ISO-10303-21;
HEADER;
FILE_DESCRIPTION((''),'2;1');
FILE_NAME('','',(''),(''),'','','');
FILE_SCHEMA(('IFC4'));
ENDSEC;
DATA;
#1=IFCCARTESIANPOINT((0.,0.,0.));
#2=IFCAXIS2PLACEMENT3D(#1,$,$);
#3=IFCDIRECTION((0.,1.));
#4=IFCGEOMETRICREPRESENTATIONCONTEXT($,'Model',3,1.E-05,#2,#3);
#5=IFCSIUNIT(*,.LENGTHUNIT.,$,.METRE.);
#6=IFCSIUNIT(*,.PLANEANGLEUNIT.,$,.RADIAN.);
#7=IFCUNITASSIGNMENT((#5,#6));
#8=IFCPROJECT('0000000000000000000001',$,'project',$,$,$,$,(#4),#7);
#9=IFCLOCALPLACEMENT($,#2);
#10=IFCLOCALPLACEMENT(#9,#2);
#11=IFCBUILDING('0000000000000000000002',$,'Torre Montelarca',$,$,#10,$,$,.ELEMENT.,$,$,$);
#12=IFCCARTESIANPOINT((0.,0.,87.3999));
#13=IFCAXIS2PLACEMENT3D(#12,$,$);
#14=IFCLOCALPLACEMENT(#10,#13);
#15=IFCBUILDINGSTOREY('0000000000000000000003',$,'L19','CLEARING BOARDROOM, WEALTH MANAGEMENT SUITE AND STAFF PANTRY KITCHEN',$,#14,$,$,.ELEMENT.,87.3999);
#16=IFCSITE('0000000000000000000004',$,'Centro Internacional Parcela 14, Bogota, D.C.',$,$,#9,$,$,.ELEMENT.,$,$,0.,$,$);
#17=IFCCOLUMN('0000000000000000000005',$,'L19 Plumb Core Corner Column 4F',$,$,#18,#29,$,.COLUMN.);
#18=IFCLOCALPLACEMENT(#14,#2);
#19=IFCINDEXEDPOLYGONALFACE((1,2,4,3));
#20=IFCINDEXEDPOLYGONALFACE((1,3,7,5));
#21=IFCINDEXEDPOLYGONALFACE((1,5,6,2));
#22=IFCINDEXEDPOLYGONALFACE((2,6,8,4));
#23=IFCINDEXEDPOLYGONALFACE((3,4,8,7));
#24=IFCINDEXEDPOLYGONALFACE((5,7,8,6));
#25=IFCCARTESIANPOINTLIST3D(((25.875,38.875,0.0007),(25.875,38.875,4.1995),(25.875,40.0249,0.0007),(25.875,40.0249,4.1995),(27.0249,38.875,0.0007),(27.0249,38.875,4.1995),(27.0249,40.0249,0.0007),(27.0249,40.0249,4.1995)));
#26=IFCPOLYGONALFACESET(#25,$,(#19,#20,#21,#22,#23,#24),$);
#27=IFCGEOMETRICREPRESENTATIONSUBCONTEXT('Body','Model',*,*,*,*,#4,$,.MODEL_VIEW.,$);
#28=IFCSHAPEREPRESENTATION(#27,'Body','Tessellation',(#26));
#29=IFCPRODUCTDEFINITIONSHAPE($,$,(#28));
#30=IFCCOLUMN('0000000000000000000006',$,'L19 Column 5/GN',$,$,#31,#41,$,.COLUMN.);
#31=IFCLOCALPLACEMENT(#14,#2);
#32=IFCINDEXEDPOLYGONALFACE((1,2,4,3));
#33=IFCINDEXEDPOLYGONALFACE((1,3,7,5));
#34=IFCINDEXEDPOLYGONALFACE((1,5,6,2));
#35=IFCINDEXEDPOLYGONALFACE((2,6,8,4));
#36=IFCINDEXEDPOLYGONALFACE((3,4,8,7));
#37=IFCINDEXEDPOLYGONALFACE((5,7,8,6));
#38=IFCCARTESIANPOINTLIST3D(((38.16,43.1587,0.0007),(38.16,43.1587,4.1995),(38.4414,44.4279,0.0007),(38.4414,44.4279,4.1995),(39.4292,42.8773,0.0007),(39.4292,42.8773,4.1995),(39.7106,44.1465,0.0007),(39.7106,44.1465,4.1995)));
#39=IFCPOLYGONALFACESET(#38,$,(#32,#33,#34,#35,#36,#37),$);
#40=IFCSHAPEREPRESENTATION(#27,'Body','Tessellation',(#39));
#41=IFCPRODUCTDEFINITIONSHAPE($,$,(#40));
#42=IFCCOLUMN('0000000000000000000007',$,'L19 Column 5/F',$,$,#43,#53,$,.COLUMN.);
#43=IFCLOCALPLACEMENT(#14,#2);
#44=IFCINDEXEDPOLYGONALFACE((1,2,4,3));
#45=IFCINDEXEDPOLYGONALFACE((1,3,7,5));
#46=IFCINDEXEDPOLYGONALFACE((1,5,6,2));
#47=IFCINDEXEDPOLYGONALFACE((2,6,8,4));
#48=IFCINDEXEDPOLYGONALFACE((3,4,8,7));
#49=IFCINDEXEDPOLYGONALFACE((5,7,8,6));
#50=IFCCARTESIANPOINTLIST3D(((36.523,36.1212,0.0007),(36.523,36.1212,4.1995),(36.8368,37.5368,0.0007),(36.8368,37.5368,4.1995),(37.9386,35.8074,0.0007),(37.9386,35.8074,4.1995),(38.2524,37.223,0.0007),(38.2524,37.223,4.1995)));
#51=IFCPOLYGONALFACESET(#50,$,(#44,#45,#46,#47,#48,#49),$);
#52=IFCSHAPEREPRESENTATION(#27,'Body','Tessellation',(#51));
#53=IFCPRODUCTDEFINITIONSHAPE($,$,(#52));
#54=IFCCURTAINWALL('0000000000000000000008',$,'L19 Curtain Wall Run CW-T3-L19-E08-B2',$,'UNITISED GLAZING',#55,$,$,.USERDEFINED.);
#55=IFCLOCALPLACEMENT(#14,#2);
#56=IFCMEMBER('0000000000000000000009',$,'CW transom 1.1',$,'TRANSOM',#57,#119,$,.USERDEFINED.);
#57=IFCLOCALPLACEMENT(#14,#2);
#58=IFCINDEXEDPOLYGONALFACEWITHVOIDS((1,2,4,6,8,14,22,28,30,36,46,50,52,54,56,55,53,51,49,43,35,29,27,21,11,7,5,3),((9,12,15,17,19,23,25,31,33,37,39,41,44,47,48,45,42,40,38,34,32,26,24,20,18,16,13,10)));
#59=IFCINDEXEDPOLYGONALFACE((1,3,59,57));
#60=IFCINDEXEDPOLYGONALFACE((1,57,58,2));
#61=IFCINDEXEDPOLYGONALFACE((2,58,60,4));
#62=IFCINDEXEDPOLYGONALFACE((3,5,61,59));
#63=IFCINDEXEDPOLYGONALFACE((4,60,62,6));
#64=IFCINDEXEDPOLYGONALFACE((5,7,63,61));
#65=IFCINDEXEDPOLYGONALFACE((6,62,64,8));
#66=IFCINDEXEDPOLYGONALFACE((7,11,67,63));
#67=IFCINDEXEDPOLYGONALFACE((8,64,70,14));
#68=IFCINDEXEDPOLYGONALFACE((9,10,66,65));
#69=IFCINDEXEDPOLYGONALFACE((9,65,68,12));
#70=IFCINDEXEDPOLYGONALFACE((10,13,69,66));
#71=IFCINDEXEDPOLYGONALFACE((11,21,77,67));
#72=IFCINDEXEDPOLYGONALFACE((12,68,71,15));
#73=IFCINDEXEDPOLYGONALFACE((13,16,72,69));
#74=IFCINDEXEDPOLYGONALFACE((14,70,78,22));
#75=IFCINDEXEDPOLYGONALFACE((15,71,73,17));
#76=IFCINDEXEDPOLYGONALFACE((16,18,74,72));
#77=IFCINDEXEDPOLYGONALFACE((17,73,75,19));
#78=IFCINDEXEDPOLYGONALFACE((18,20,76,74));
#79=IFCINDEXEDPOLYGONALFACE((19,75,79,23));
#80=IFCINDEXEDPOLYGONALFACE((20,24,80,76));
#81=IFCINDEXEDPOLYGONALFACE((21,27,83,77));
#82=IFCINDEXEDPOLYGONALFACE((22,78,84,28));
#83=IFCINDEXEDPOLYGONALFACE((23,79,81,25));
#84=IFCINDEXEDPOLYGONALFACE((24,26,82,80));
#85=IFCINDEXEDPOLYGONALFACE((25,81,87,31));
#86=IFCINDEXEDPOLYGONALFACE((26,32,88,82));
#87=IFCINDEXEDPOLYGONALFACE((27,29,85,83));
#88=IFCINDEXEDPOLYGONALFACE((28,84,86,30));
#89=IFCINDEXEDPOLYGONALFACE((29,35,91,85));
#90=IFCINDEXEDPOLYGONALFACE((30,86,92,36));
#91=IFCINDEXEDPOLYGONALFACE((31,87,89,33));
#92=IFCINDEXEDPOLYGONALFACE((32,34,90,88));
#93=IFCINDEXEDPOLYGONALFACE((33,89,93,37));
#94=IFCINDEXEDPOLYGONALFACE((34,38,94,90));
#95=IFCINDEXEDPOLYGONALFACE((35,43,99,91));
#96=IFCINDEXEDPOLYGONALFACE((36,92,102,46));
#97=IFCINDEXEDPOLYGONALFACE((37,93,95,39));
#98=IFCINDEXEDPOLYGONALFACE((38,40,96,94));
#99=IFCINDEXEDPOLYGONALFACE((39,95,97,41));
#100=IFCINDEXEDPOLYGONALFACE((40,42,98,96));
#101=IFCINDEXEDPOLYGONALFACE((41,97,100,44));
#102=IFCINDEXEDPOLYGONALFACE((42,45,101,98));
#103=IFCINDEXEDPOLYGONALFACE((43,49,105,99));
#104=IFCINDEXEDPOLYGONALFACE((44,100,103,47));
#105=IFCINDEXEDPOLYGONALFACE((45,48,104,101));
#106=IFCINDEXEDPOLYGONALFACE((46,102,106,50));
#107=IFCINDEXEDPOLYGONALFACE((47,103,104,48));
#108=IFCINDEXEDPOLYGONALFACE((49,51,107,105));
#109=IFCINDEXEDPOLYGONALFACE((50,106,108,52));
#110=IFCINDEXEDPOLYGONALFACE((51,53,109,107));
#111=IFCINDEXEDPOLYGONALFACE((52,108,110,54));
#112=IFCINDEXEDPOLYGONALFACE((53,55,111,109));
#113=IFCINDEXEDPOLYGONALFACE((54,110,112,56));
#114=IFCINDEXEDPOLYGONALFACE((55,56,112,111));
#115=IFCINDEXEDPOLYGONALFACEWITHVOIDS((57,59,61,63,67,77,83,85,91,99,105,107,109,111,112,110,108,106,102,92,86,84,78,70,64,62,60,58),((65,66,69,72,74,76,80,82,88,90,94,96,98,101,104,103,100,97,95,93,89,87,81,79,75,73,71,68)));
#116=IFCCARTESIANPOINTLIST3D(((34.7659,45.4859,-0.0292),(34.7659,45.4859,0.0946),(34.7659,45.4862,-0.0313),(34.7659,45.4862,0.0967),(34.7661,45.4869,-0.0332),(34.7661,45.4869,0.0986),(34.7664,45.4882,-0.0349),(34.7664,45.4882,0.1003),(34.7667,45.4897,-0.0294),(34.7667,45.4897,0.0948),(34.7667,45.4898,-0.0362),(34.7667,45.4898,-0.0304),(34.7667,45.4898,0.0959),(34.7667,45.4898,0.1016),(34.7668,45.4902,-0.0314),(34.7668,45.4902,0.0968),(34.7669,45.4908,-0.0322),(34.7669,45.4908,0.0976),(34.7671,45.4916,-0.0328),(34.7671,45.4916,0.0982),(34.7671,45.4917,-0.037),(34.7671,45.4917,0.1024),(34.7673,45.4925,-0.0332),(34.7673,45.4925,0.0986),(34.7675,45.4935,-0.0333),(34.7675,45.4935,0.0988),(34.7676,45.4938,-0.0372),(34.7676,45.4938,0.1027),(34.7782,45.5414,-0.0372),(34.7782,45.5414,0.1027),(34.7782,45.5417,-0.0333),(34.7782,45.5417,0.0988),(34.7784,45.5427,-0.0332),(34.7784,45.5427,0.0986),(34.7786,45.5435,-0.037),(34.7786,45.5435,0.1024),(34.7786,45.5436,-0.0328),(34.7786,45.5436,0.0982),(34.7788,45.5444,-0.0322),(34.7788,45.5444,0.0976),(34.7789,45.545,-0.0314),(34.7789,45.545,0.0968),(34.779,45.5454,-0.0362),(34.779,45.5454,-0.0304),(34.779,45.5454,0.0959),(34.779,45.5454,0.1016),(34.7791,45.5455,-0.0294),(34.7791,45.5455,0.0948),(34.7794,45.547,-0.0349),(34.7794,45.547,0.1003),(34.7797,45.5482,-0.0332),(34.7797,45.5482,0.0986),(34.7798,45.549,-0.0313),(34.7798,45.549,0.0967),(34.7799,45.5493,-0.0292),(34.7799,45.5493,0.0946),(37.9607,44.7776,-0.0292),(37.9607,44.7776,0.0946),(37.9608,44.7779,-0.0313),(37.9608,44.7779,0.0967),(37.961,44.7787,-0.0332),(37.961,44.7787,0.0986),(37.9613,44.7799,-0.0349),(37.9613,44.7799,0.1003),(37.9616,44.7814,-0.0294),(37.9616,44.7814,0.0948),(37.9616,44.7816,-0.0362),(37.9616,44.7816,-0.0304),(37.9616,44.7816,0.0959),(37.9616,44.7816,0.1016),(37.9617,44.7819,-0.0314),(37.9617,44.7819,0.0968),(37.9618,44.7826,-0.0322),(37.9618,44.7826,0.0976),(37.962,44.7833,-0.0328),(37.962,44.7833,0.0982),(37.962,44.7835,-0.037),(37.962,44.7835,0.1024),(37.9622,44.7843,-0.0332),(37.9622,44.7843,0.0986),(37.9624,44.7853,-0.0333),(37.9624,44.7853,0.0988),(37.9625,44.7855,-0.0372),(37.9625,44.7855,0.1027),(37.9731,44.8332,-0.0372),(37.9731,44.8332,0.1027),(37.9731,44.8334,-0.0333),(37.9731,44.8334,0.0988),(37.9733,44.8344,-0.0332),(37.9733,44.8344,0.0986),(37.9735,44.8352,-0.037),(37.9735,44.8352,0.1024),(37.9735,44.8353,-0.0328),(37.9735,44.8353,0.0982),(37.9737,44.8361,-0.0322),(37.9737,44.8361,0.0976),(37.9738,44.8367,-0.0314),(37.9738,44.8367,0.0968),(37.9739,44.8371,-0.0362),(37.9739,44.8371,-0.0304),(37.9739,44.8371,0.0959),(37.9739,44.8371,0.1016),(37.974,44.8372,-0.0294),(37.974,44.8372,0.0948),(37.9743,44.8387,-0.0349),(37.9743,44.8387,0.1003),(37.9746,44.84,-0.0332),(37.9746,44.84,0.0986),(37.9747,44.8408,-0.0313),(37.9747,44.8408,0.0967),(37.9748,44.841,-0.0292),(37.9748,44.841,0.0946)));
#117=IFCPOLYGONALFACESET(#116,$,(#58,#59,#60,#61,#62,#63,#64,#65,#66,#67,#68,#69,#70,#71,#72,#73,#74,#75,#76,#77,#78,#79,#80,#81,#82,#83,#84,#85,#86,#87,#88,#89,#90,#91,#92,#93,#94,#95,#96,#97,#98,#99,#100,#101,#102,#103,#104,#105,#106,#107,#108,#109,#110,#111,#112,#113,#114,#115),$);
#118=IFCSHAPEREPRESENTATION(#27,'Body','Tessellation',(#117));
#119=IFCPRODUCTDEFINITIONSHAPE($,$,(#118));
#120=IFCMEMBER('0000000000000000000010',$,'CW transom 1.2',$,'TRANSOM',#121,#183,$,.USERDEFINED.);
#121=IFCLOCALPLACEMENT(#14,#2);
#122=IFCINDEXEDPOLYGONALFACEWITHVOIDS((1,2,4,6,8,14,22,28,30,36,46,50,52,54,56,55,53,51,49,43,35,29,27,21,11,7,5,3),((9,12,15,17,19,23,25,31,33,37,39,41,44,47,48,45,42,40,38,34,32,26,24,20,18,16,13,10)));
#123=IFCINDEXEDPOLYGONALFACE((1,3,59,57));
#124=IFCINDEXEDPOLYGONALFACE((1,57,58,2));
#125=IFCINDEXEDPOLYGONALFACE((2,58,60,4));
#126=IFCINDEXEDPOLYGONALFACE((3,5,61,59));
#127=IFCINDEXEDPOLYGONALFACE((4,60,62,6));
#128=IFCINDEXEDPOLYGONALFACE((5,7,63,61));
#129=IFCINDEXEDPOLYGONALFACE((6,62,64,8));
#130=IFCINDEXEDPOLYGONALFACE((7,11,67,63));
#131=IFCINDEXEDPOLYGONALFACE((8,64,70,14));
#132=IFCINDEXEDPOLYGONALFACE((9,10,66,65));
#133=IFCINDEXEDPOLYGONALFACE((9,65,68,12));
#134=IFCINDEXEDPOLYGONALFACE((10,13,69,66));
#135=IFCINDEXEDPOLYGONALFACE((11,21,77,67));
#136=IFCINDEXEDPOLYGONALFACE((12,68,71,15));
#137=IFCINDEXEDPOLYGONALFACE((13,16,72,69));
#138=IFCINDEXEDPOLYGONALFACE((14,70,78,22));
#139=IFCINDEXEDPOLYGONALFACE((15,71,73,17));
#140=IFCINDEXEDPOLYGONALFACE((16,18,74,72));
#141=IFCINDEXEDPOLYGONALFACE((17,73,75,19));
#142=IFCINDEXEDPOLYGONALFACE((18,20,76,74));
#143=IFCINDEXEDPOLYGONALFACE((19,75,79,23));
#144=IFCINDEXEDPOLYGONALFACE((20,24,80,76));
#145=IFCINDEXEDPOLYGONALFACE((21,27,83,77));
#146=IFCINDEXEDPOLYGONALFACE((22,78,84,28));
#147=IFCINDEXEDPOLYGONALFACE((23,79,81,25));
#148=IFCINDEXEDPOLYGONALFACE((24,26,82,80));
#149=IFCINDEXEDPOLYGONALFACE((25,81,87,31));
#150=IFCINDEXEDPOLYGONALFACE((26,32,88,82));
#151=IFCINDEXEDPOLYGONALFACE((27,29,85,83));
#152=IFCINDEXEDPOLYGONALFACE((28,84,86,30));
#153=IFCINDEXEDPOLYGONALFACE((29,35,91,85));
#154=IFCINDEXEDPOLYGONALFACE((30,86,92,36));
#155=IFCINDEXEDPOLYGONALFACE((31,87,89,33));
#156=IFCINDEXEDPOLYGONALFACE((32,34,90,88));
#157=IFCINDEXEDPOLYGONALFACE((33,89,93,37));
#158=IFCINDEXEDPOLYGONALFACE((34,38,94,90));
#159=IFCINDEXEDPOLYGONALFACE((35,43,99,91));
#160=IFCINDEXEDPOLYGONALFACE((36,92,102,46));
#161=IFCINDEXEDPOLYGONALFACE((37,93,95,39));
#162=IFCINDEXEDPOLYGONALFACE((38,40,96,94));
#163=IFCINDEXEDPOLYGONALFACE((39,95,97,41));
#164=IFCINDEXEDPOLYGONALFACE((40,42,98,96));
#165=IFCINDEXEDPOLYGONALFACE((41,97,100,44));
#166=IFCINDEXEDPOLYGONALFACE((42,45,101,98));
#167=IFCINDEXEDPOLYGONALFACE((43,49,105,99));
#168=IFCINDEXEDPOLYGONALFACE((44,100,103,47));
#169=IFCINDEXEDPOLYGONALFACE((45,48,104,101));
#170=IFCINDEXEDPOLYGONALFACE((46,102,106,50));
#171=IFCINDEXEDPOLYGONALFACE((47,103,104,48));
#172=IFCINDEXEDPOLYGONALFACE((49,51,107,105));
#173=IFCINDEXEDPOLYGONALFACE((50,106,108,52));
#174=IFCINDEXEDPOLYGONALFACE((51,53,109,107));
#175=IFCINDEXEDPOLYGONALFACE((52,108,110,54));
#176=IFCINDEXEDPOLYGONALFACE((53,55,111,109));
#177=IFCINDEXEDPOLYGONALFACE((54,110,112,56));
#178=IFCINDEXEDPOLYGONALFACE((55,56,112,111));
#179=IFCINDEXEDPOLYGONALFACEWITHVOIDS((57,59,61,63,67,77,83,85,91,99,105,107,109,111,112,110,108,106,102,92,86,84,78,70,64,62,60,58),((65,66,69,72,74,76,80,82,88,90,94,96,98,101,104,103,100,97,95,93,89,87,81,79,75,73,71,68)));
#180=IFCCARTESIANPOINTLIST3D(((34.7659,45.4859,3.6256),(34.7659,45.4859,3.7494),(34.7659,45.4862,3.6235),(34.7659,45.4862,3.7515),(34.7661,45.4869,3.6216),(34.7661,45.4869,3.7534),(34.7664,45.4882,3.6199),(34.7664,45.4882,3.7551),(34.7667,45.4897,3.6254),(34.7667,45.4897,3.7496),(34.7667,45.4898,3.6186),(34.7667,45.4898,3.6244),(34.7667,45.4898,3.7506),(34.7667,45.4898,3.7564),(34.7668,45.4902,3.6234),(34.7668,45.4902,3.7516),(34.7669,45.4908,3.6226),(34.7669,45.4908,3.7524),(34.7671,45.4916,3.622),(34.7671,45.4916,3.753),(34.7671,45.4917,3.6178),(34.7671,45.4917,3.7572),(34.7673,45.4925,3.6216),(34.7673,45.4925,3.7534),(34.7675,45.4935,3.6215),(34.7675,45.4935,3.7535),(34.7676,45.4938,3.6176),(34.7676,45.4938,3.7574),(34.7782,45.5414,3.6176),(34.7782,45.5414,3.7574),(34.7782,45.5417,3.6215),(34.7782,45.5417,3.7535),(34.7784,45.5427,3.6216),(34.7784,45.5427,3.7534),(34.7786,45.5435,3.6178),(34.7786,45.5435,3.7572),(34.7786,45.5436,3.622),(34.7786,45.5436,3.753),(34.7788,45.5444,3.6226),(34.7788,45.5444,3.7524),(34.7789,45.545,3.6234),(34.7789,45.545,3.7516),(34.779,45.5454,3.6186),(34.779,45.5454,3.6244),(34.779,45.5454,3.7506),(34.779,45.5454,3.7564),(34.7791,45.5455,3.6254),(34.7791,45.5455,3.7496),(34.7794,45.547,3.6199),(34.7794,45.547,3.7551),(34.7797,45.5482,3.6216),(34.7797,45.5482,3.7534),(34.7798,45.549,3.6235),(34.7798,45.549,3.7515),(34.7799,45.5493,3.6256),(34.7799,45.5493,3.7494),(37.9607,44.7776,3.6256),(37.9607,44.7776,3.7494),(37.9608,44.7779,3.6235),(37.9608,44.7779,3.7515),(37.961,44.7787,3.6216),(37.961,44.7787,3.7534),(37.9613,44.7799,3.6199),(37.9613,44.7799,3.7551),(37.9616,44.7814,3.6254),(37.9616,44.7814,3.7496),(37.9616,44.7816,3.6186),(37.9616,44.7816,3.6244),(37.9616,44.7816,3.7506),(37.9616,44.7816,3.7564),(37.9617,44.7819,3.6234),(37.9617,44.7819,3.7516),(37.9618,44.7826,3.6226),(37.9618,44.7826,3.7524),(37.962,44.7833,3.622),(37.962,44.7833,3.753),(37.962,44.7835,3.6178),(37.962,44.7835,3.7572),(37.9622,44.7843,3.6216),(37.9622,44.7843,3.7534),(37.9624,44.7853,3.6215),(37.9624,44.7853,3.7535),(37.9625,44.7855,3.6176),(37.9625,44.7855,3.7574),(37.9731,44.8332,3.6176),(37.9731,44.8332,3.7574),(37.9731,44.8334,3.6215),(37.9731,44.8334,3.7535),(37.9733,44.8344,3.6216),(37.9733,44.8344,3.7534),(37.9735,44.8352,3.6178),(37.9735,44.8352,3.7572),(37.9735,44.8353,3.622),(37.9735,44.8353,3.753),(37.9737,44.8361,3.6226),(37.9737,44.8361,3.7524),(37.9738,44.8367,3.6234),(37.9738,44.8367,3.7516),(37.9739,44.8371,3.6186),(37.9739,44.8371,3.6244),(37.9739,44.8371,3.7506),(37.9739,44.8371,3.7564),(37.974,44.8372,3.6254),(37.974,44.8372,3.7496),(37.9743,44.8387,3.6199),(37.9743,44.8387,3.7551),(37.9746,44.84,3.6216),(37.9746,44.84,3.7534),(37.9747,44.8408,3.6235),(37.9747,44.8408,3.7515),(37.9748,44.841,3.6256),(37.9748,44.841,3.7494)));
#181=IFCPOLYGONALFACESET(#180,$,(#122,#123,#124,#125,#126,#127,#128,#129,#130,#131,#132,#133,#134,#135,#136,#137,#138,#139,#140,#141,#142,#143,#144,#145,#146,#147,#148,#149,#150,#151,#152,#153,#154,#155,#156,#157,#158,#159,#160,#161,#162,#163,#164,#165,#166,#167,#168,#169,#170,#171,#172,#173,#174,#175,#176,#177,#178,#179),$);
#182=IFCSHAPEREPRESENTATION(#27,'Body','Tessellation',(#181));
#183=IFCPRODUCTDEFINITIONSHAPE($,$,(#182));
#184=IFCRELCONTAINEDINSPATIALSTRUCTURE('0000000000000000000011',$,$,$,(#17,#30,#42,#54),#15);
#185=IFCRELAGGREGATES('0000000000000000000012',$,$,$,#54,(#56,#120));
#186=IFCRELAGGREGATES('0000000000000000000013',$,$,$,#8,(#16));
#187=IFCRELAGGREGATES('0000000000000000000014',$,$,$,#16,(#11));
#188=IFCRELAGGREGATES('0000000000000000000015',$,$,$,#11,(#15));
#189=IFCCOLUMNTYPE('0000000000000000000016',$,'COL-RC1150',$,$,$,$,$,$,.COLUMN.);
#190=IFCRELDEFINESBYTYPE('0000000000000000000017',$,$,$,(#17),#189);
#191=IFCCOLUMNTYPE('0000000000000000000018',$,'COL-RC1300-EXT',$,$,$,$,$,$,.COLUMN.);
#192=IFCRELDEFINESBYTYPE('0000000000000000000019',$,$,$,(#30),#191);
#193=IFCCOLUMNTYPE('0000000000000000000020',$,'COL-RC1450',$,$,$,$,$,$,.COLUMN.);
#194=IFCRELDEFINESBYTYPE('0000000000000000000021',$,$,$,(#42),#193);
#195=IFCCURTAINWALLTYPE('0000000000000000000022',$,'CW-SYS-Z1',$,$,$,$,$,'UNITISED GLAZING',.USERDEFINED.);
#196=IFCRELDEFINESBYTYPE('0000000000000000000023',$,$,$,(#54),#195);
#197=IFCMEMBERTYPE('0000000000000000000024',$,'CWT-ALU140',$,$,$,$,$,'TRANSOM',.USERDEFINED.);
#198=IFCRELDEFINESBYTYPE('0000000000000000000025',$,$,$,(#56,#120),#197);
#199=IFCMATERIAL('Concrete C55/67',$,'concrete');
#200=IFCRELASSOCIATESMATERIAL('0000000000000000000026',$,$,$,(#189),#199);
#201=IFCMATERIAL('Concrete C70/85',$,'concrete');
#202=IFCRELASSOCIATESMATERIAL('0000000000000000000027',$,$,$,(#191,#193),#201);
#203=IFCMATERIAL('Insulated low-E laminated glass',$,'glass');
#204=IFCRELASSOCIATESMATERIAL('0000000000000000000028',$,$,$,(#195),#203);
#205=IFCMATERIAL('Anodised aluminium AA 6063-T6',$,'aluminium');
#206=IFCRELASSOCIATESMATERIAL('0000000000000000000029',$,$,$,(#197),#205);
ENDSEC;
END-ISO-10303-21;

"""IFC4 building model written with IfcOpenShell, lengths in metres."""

from ifc_helpers import new_model, si_unit, direction, frame, origin, origin_2d, place, context, subcontext, project, spatial, rectangle, hollow_rectangle, extrude, source, transform, mapped, material, material_profile, profile_set, type_object, element, aggregate, save


model = new_model("IFC4")

# Units and contexts
model_context = context("Model", 3, precision=1e-05, world=origin(), true_north=direction((0.0, 1.0)))
body_context = subcontext(model_context, "Body", "Model", "MODEL_VIEW")
ifc_project = project(units=[si_unit("LENGTHUNIT", "METRE"), si_unit("PLANEANGLEUNIT", "RADIAN")], contexts=[model_context])

# Site, building, storey
site_placement = place(None, origin())
site = spatial("IfcSite", under=ifc_project, at=site_placement, Name="Centro Internacional Parcela 14, Bogota, D.C.", CompositionType="ELEMENT", RefElevation=0.0)
building_placement = place(site_placement, origin())
building = spatial("IfcBuilding", under=site, at=building_placement, Name="Torre Montelarca", CompositionType="ELEMENT")
storey_placement = place(building_placement, frame((0.0, 0.0, 87.3999)))
storey = spatial("IfcBuildingStorey", under=building, at=storey_placement, Name="L19", Description="CLEARING BOARDROOM, WEALTH MANAGEMENT SUITE AND STAFF PANTRY KITCHEN", CompositionType="ELEMENT", Elevation=87.3999)

# Columns
ifc_material_1 = material(Name="Concrete C55/67", Category="concrete")
ifc_material_profile_1 = material_profile(ifc_material_1, rectangle(XDim=1.1499, YDim=1.1499, at=origin_2d()), Name="RC1150X1150", Category="concrete")
ifc_profile_set_1 = profile_set([ifc_material_profile_1], Name="Concrete C55/67")
column_type_1 = type_object("IfcColumnType", Name="COL-RC1150", PredefinedType="COLUMN", material=ifc_profile_set_1)
shared_shape_1 = source(origin(), body_context, "Body", "SweptSolid", [
    extrude(rectangle(XDim=1.1499, YDim=1.1499, at=origin_2d()), origin(), (0.0, 0.0, 1.0), 4.1987),
])
column_1_placement = place(storey_placement, frame((26.45, 39.45, 0.0007), z_axis=(0.0, 0.0, 1.0), x_axis=(1.0, 0.0, 0.0)))
element("IfcColumn", 1, at=column_1_placement, inside=storey, type_object=column_type_1, Name="L19 Plumb Core Corner Column 4F", PredefinedType="COLUMN", context=body_context, shape_type="MappedRepresentation", body=[
    mapped(shared_shape_1, transform((0.0, 0.0, 0.0), scale=1.0)),
])
ifc_material_2 = material(Name="Concrete C70/85", Category="concrete")
ifc_material_profile_2 = material_profile(ifc_material_2, rectangle(XDim=1.3, YDim=1.3, at=origin_2d()), Name="RC1300X1300", Category="concrete")
ifc_profile_set_2 = profile_set([ifc_material_profile_2], Name="Concrete C70/85")
column_type_2 = type_object("IfcColumnType", Name="COL-RC1300-EXT", PredefinedType="COLUMN", material=ifc_profile_set_2)
shared_shape_2 = source(origin(), body_context, "Body", "SweptSolid", [
    extrude(rectangle(XDim=1.3, YDim=1.3, at=origin_2d()), origin(), (0.0, 0.0, 1.0), 4.1987),
])
column_2_placement = place(storey_placement, frame((38.9353, 43.6526, 0.0007), z_axis=(0.0, 0.0, 1.0), x_axis=(-0.976296, 0.21644, 0.0)))
element("IfcColumn", 2, at=column_2_placement, inside=storey, type_object=column_type_2, Name="L19 Column 5/GN", PredefinedType="COLUMN", context=body_context, shape_type="MappedRepresentation", body=[
    mapped(shared_shape_2, transform((0.0, 0.0, 0.0), scale=1.0)),
])
ifc_material_profile_3 = material_profile(ifc_material_2, rectangle(XDim=1.45, YDim=1.45, at=origin_2d()), Name="RC1450X1450", Category="concrete")
ifc_profile_set_3 = profile_set([ifc_material_profile_3], Name="Concrete C70/85")
column_type_3 = type_object("IfcColumnType", Name="COL-RC1450", PredefinedType="COLUMN", material=ifc_profile_set_3)
shared_shape_3 = source(origin(), body_context, "Body", "SweptSolid", [
    extrude(rectangle(XDim=1.45, YDim=1.45, at=origin_2d()), origin(), (0.0, 0.0, 1.0), 4.1987),
])
column_3_placement = place(storey_placement, frame((37.3877, 36.6721, 0.0007), z_axis=(0.0, 0.0, 1.0), x_axis=(-0.976296, 0.21644, 0.0)))
element("IfcColumn", 3, at=column_3_placement, inside=storey, type_object=column_type_3, Name="L19 Column 5/F", PredefinedType="COLUMN", context=body_context, shape_type="MappedRepresentation", body=[
    mapped(shared_shape_3, transform((0.0, 0.0, 0.0), scale=1.0)),
])

# Curtain wall, members
ifc_material_3 = material(Name="Insulated low-E laminated glass", Category="glass")
curtain_wall_type = type_object("IfcCurtainWallType", Name="CW-SYS-Z1", ElementType="UNITISED GLAZING", PredefinedType="USERDEFINED", material=ifc_material_3)
curtain_wall_placement = place(storey_placement, origin())
curtain_wall = element("IfcCurtainWall", 4, at=curtain_wall_placement, inside=storey, type_object=curtain_wall_type, Name="L19 Curtain Wall Run CW-T3-L19-E08-B2", ObjectType="UNITISED GLAZING", PredefinedType="USERDEFINED")
ifc_material_4 = material(Name="Anodised aluminium AA 6063-T6", Category="aluminium")
ifc_material_profile_4 = material_profile(ifc_material_4, hollow_rectangle(XDim=0.0649, YDim=0.1399, WallThickness=0.0039, InnerFilletRadius=0.0039, OuterFilletRadius=0.0081, at=origin_2d()), Name="ALU65X140X4", Category="aluminium")
ifc_profile_set_4 = profile_set([ifc_material_profile_4], Name="Anodised aluminium AA 6063-T6")
member_type_1 = type_object("IfcMemberType", Name="CWT-ALU140", ElementType="TRANSOM", PredefinedType="USERDEFINED", material=ifc_profile_set_4)
shared_shape_4 = source(origin(), body_context, "Body", "SweptSolid", [
    extrude(hollow_rectangle(XDim=0.0649, YDim=0.1399, WallThickness=0.0039, InnerFilletRadius=0.0039, OuterFilletRadius=0.0081, at=origin_2d()), origin(), (0.0, 0.0, 1.0), 3.2725),
])
member_1_placement = place(storey_placement, frame((37.9678, 44.8093, 0.0327), z_axis=(-0.976298, 0.216433, 0.0), x_axis=(-0.216433, -0.976298, 0.0)))
member_1 = element("IfcMember", 5, at=member_1_placement, type_object=member_type_1, Name="CW transom 1.1", ObjectType="TRANSOM", PredefinedType="USERDEFINED", context=body_context, shape_type="MappedRepresentation", body=[
    mapped(shared_shape_4, transform((0.0, 0.0, 0.0), scale=1.0)),
])
member_2_placement = place(storey_placement, frame((37.9678, 44.8093, 3.6875), z_axis=(-0.976298, 0.216433, 0.0), x_axis=(-0.216433, -0.976298, 0.0)))
member_2 = element("IfcMember", 6, at=member_2_placement, type_object=member_type_1, Name="CW transom 1.2", ObjectType="TRANSOM", PredefinedType="USERDEFINED", context=body_context, shape_type="MappedRepresentation", body=[
    mapped(shared_shape_4, transform((0.0, 0.0, 0.0), scale=1.0)),
])
aggregate(curtain_wall, [member_1, member_2])

save(model, "model.ifc")
